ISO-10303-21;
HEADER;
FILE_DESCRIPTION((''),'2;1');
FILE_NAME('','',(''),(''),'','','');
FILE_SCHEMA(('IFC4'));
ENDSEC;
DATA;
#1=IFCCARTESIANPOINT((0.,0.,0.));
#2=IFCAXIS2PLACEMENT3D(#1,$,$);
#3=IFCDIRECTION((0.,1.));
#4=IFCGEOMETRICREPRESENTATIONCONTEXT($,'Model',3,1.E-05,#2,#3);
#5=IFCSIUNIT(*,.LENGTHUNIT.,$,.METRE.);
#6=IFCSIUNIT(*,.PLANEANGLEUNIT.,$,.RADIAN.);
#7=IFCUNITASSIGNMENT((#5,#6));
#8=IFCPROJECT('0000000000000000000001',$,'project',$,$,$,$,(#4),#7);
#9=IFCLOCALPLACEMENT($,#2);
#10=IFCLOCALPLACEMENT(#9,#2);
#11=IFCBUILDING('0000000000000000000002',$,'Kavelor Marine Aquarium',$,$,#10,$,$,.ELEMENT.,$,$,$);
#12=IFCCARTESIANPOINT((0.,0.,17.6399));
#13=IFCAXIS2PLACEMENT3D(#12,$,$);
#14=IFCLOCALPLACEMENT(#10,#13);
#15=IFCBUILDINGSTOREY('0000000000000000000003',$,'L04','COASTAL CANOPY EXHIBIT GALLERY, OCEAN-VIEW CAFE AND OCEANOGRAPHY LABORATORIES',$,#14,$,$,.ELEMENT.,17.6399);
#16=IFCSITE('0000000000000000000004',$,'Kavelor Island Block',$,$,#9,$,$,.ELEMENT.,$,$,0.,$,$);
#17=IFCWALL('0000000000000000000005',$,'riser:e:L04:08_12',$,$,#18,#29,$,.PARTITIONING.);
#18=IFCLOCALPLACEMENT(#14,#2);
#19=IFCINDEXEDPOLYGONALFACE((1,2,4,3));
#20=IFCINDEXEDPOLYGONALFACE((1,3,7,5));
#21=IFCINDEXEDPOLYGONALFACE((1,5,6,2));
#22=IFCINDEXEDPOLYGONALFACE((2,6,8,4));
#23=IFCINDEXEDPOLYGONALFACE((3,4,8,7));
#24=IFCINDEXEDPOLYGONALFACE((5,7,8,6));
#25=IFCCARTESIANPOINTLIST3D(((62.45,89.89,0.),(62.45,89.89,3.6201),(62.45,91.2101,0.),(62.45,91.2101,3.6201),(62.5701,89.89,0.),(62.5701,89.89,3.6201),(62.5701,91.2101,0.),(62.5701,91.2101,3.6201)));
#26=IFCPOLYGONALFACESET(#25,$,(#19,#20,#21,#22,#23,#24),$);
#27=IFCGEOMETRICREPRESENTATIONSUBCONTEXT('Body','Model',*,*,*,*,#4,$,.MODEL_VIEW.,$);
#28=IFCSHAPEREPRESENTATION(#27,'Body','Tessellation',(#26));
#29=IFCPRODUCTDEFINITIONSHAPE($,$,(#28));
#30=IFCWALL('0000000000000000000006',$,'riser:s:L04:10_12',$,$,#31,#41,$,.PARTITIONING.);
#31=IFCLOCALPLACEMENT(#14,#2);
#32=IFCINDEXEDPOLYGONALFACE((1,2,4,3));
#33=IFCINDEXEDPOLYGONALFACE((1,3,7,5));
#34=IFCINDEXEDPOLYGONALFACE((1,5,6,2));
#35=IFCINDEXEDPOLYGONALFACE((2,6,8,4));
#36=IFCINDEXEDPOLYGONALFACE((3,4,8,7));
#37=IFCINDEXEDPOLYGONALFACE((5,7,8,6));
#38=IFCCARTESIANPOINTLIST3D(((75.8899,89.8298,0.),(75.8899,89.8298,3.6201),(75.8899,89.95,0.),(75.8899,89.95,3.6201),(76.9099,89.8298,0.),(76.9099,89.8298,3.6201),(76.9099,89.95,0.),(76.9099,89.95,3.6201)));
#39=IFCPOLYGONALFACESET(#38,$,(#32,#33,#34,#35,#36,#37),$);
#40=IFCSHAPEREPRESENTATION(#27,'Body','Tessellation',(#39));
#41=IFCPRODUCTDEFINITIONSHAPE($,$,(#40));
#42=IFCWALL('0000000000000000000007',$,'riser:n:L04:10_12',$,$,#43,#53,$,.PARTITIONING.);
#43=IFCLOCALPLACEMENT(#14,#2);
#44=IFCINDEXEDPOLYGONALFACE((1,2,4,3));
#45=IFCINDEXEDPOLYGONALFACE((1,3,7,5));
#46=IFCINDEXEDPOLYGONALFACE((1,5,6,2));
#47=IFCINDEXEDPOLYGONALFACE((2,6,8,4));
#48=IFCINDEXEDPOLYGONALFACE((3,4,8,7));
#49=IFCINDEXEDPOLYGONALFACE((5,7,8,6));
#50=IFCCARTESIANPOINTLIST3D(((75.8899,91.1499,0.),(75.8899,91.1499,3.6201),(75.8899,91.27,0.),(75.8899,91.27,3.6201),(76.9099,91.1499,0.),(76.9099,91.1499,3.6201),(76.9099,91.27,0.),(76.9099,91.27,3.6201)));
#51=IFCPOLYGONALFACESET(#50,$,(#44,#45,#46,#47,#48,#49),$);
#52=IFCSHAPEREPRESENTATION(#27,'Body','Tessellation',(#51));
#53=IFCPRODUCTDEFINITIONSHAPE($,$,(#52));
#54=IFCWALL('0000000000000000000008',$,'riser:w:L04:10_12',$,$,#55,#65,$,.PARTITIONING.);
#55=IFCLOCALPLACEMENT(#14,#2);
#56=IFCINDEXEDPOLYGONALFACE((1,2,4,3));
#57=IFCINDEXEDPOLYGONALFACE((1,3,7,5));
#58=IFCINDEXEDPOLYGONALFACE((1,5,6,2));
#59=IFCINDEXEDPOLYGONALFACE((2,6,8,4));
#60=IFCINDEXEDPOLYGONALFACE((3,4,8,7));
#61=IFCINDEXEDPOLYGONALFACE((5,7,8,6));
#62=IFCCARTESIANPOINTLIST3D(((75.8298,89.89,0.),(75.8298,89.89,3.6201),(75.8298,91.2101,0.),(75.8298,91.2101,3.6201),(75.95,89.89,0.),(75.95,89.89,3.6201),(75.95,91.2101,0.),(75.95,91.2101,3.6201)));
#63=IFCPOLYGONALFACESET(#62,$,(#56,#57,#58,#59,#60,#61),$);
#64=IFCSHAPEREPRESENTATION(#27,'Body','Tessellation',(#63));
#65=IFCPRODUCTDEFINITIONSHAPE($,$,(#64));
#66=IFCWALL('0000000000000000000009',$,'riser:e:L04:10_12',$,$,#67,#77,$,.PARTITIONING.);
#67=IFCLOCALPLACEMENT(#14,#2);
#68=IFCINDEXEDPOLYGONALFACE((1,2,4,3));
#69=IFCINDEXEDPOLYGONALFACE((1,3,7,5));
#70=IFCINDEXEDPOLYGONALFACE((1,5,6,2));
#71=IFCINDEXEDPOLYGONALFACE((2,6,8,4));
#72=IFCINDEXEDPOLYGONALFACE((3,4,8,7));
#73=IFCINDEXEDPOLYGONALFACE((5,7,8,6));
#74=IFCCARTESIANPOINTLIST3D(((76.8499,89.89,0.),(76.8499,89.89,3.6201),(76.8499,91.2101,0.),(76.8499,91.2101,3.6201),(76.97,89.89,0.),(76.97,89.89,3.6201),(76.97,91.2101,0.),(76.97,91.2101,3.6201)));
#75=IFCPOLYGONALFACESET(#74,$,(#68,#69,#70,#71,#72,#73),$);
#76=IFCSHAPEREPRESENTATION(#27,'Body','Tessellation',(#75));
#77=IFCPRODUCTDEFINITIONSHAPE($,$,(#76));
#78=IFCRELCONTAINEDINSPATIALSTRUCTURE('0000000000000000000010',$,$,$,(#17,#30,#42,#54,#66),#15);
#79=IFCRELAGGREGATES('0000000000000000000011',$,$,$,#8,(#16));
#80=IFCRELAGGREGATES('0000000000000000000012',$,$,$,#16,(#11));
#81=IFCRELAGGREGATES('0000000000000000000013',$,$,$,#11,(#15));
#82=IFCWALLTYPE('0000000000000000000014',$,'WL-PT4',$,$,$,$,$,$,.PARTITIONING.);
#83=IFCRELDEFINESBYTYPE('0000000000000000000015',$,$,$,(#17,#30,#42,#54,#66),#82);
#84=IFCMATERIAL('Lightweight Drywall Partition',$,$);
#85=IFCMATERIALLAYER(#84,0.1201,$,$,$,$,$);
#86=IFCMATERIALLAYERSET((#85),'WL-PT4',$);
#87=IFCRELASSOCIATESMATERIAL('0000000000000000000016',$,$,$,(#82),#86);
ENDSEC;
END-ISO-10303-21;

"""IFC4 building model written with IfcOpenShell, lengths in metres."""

from ifc_helpers import new_model, si_unit, direction, frame, frame_2d, origin, place, context, subcontext, project, spatial, rectangle, extrude, material, layer, layer_set, type_object, element, save


model = new_model("IFC4")

# Units and contexts
model_context = context("Model", 3, precision=1e-05, world=origin(), true_north=direction((0.0, 1.0)))
body_context = subcontext(model_context, "Body", "Model", "MODEL_VIEW")
ifc_project = project(units=[si_unit("LENGTHUNIT", "METRE"), si_unit("PLANEANGLEUNIT", "RADIAN")], contexts=[model_context])

# Site, building, storey
site_placement = place(None, origin())
site = spatial("IfcSite", under=ifc_project, at=site_placement, Name="Kavelor Island Block", CompositionType="ELEMENT", RefElevation=0.0)
building_placement = place(site_placement, origin())
building = spatial("IfcBuilding", under=site, at=building_placement, Name="Kavelor Marine Aquarium", CompositionType="ELEMENT")
storey_placement = place(building_placement, frame((0.0, 0.0, 17.6399)))
storey = spatial("IfcBuildingStorey", under=building, at=storey_placement, Name="L04", Description="COASTAL CANOPY EXHIBIT GALLERY, OCEAN-VIEW CAFE AND OCEANOGRAPHY LABORATORIES", CompositionType="ELEMENT", Elevation=17.6399)

# Walls
ifc_material_1 = material(Name="Lightweight Drywall Partition")
ifc_layer_1 = layer(ifc_material_1, 0.1201)
ifc_layer_set_1 = layer_set([ifc_layer_1], Name="WL-PT4")
wall_type_1 = type_object("IfcWallType", Name="WL-PT4", PredefinedType="PARTITIONING", material=ifc_layer_set_1)
for number, where, z_axis, x_axis, name in (
    (1, (62.51, 89.8899, 0.0), (0.0, 0.0, 1.0), (0.0, 1.0, 0.0), "riser:e:L04:08_12"),
):
    element("IfcWall", number, at=place(storey_placement, frame(where, z_axis=z_axis, x_axis=x_axis)), inside=storey, type_object=wall_type_1, Name=name, PredefinedType="PARTITIONING", context=body_context, shape_type="SweptSolid", body=[
        extrude(rectangle(XDim=1.3201, YDim=0.1201, at=frame_2d((0.6602, 0.0))), origin(), (0.0, 0.0, 1.0), 3.6201),
    ])
for number, where, z_axis, x_axis, name in (
    (2, (75.8899, 89.8899, 0.0), (0.0, 0.0, 1.0), (1.0, 0.0, 0.0), "riser:s:L04:10_12"),
    (3, (75.8899, 91.21, 0.0), (0.0, 0.0, 1.0), (1.0, 0.0, 0.0), "riser:n:L04:10_12"),
):
    element("IfcWall", number, at=place(storey_placement, frame(where, z_axis=z_axis, x_axis=x_axis)), inside=storey, type_object=wall_type_1, Name=name, PredefinedType="PARTITIONING", context=body_context, shape_type="SweptSolid", body=[
        extrude(rectangle(XDim=1.02, YDim=0.1201, at=frame_2d((0.51, 0.0))), origin(), (0.0, 0.0, 1.0), 3.6201),
    ])
for number, where, z_axis, x_axis, name in (
    (4, (75.8899, 89.8899, 0.0), (0.0, 0.0, 1.0), (0.0, 1.0, 0.0), "riser:w:L04:10_12"),
    (5, (76.9099, 89.8899, 0.0), (0.0, 0.0, 1.0), (0.0, 1.0, 0.0), "riser:e:L04:10_12"),
):
    element("IfcWall", number, at=place(storey_placement, frame(where, z_axis=z_axis, x_axis=x_axis)), inside=storey, type_object=wall_type_1, Name=name, PredefinedType="PARTITIONING", context=body_context, shape_type="SweptSolid", body=[
        extrude(rectangle(XDim=1.3201, YDim=0.1201, at=frame_2d((0.6602, 0.0))), origin(), (0.0, 0.0, 1.0), 3.6201),
    ])

save(model, "model.ifc")
